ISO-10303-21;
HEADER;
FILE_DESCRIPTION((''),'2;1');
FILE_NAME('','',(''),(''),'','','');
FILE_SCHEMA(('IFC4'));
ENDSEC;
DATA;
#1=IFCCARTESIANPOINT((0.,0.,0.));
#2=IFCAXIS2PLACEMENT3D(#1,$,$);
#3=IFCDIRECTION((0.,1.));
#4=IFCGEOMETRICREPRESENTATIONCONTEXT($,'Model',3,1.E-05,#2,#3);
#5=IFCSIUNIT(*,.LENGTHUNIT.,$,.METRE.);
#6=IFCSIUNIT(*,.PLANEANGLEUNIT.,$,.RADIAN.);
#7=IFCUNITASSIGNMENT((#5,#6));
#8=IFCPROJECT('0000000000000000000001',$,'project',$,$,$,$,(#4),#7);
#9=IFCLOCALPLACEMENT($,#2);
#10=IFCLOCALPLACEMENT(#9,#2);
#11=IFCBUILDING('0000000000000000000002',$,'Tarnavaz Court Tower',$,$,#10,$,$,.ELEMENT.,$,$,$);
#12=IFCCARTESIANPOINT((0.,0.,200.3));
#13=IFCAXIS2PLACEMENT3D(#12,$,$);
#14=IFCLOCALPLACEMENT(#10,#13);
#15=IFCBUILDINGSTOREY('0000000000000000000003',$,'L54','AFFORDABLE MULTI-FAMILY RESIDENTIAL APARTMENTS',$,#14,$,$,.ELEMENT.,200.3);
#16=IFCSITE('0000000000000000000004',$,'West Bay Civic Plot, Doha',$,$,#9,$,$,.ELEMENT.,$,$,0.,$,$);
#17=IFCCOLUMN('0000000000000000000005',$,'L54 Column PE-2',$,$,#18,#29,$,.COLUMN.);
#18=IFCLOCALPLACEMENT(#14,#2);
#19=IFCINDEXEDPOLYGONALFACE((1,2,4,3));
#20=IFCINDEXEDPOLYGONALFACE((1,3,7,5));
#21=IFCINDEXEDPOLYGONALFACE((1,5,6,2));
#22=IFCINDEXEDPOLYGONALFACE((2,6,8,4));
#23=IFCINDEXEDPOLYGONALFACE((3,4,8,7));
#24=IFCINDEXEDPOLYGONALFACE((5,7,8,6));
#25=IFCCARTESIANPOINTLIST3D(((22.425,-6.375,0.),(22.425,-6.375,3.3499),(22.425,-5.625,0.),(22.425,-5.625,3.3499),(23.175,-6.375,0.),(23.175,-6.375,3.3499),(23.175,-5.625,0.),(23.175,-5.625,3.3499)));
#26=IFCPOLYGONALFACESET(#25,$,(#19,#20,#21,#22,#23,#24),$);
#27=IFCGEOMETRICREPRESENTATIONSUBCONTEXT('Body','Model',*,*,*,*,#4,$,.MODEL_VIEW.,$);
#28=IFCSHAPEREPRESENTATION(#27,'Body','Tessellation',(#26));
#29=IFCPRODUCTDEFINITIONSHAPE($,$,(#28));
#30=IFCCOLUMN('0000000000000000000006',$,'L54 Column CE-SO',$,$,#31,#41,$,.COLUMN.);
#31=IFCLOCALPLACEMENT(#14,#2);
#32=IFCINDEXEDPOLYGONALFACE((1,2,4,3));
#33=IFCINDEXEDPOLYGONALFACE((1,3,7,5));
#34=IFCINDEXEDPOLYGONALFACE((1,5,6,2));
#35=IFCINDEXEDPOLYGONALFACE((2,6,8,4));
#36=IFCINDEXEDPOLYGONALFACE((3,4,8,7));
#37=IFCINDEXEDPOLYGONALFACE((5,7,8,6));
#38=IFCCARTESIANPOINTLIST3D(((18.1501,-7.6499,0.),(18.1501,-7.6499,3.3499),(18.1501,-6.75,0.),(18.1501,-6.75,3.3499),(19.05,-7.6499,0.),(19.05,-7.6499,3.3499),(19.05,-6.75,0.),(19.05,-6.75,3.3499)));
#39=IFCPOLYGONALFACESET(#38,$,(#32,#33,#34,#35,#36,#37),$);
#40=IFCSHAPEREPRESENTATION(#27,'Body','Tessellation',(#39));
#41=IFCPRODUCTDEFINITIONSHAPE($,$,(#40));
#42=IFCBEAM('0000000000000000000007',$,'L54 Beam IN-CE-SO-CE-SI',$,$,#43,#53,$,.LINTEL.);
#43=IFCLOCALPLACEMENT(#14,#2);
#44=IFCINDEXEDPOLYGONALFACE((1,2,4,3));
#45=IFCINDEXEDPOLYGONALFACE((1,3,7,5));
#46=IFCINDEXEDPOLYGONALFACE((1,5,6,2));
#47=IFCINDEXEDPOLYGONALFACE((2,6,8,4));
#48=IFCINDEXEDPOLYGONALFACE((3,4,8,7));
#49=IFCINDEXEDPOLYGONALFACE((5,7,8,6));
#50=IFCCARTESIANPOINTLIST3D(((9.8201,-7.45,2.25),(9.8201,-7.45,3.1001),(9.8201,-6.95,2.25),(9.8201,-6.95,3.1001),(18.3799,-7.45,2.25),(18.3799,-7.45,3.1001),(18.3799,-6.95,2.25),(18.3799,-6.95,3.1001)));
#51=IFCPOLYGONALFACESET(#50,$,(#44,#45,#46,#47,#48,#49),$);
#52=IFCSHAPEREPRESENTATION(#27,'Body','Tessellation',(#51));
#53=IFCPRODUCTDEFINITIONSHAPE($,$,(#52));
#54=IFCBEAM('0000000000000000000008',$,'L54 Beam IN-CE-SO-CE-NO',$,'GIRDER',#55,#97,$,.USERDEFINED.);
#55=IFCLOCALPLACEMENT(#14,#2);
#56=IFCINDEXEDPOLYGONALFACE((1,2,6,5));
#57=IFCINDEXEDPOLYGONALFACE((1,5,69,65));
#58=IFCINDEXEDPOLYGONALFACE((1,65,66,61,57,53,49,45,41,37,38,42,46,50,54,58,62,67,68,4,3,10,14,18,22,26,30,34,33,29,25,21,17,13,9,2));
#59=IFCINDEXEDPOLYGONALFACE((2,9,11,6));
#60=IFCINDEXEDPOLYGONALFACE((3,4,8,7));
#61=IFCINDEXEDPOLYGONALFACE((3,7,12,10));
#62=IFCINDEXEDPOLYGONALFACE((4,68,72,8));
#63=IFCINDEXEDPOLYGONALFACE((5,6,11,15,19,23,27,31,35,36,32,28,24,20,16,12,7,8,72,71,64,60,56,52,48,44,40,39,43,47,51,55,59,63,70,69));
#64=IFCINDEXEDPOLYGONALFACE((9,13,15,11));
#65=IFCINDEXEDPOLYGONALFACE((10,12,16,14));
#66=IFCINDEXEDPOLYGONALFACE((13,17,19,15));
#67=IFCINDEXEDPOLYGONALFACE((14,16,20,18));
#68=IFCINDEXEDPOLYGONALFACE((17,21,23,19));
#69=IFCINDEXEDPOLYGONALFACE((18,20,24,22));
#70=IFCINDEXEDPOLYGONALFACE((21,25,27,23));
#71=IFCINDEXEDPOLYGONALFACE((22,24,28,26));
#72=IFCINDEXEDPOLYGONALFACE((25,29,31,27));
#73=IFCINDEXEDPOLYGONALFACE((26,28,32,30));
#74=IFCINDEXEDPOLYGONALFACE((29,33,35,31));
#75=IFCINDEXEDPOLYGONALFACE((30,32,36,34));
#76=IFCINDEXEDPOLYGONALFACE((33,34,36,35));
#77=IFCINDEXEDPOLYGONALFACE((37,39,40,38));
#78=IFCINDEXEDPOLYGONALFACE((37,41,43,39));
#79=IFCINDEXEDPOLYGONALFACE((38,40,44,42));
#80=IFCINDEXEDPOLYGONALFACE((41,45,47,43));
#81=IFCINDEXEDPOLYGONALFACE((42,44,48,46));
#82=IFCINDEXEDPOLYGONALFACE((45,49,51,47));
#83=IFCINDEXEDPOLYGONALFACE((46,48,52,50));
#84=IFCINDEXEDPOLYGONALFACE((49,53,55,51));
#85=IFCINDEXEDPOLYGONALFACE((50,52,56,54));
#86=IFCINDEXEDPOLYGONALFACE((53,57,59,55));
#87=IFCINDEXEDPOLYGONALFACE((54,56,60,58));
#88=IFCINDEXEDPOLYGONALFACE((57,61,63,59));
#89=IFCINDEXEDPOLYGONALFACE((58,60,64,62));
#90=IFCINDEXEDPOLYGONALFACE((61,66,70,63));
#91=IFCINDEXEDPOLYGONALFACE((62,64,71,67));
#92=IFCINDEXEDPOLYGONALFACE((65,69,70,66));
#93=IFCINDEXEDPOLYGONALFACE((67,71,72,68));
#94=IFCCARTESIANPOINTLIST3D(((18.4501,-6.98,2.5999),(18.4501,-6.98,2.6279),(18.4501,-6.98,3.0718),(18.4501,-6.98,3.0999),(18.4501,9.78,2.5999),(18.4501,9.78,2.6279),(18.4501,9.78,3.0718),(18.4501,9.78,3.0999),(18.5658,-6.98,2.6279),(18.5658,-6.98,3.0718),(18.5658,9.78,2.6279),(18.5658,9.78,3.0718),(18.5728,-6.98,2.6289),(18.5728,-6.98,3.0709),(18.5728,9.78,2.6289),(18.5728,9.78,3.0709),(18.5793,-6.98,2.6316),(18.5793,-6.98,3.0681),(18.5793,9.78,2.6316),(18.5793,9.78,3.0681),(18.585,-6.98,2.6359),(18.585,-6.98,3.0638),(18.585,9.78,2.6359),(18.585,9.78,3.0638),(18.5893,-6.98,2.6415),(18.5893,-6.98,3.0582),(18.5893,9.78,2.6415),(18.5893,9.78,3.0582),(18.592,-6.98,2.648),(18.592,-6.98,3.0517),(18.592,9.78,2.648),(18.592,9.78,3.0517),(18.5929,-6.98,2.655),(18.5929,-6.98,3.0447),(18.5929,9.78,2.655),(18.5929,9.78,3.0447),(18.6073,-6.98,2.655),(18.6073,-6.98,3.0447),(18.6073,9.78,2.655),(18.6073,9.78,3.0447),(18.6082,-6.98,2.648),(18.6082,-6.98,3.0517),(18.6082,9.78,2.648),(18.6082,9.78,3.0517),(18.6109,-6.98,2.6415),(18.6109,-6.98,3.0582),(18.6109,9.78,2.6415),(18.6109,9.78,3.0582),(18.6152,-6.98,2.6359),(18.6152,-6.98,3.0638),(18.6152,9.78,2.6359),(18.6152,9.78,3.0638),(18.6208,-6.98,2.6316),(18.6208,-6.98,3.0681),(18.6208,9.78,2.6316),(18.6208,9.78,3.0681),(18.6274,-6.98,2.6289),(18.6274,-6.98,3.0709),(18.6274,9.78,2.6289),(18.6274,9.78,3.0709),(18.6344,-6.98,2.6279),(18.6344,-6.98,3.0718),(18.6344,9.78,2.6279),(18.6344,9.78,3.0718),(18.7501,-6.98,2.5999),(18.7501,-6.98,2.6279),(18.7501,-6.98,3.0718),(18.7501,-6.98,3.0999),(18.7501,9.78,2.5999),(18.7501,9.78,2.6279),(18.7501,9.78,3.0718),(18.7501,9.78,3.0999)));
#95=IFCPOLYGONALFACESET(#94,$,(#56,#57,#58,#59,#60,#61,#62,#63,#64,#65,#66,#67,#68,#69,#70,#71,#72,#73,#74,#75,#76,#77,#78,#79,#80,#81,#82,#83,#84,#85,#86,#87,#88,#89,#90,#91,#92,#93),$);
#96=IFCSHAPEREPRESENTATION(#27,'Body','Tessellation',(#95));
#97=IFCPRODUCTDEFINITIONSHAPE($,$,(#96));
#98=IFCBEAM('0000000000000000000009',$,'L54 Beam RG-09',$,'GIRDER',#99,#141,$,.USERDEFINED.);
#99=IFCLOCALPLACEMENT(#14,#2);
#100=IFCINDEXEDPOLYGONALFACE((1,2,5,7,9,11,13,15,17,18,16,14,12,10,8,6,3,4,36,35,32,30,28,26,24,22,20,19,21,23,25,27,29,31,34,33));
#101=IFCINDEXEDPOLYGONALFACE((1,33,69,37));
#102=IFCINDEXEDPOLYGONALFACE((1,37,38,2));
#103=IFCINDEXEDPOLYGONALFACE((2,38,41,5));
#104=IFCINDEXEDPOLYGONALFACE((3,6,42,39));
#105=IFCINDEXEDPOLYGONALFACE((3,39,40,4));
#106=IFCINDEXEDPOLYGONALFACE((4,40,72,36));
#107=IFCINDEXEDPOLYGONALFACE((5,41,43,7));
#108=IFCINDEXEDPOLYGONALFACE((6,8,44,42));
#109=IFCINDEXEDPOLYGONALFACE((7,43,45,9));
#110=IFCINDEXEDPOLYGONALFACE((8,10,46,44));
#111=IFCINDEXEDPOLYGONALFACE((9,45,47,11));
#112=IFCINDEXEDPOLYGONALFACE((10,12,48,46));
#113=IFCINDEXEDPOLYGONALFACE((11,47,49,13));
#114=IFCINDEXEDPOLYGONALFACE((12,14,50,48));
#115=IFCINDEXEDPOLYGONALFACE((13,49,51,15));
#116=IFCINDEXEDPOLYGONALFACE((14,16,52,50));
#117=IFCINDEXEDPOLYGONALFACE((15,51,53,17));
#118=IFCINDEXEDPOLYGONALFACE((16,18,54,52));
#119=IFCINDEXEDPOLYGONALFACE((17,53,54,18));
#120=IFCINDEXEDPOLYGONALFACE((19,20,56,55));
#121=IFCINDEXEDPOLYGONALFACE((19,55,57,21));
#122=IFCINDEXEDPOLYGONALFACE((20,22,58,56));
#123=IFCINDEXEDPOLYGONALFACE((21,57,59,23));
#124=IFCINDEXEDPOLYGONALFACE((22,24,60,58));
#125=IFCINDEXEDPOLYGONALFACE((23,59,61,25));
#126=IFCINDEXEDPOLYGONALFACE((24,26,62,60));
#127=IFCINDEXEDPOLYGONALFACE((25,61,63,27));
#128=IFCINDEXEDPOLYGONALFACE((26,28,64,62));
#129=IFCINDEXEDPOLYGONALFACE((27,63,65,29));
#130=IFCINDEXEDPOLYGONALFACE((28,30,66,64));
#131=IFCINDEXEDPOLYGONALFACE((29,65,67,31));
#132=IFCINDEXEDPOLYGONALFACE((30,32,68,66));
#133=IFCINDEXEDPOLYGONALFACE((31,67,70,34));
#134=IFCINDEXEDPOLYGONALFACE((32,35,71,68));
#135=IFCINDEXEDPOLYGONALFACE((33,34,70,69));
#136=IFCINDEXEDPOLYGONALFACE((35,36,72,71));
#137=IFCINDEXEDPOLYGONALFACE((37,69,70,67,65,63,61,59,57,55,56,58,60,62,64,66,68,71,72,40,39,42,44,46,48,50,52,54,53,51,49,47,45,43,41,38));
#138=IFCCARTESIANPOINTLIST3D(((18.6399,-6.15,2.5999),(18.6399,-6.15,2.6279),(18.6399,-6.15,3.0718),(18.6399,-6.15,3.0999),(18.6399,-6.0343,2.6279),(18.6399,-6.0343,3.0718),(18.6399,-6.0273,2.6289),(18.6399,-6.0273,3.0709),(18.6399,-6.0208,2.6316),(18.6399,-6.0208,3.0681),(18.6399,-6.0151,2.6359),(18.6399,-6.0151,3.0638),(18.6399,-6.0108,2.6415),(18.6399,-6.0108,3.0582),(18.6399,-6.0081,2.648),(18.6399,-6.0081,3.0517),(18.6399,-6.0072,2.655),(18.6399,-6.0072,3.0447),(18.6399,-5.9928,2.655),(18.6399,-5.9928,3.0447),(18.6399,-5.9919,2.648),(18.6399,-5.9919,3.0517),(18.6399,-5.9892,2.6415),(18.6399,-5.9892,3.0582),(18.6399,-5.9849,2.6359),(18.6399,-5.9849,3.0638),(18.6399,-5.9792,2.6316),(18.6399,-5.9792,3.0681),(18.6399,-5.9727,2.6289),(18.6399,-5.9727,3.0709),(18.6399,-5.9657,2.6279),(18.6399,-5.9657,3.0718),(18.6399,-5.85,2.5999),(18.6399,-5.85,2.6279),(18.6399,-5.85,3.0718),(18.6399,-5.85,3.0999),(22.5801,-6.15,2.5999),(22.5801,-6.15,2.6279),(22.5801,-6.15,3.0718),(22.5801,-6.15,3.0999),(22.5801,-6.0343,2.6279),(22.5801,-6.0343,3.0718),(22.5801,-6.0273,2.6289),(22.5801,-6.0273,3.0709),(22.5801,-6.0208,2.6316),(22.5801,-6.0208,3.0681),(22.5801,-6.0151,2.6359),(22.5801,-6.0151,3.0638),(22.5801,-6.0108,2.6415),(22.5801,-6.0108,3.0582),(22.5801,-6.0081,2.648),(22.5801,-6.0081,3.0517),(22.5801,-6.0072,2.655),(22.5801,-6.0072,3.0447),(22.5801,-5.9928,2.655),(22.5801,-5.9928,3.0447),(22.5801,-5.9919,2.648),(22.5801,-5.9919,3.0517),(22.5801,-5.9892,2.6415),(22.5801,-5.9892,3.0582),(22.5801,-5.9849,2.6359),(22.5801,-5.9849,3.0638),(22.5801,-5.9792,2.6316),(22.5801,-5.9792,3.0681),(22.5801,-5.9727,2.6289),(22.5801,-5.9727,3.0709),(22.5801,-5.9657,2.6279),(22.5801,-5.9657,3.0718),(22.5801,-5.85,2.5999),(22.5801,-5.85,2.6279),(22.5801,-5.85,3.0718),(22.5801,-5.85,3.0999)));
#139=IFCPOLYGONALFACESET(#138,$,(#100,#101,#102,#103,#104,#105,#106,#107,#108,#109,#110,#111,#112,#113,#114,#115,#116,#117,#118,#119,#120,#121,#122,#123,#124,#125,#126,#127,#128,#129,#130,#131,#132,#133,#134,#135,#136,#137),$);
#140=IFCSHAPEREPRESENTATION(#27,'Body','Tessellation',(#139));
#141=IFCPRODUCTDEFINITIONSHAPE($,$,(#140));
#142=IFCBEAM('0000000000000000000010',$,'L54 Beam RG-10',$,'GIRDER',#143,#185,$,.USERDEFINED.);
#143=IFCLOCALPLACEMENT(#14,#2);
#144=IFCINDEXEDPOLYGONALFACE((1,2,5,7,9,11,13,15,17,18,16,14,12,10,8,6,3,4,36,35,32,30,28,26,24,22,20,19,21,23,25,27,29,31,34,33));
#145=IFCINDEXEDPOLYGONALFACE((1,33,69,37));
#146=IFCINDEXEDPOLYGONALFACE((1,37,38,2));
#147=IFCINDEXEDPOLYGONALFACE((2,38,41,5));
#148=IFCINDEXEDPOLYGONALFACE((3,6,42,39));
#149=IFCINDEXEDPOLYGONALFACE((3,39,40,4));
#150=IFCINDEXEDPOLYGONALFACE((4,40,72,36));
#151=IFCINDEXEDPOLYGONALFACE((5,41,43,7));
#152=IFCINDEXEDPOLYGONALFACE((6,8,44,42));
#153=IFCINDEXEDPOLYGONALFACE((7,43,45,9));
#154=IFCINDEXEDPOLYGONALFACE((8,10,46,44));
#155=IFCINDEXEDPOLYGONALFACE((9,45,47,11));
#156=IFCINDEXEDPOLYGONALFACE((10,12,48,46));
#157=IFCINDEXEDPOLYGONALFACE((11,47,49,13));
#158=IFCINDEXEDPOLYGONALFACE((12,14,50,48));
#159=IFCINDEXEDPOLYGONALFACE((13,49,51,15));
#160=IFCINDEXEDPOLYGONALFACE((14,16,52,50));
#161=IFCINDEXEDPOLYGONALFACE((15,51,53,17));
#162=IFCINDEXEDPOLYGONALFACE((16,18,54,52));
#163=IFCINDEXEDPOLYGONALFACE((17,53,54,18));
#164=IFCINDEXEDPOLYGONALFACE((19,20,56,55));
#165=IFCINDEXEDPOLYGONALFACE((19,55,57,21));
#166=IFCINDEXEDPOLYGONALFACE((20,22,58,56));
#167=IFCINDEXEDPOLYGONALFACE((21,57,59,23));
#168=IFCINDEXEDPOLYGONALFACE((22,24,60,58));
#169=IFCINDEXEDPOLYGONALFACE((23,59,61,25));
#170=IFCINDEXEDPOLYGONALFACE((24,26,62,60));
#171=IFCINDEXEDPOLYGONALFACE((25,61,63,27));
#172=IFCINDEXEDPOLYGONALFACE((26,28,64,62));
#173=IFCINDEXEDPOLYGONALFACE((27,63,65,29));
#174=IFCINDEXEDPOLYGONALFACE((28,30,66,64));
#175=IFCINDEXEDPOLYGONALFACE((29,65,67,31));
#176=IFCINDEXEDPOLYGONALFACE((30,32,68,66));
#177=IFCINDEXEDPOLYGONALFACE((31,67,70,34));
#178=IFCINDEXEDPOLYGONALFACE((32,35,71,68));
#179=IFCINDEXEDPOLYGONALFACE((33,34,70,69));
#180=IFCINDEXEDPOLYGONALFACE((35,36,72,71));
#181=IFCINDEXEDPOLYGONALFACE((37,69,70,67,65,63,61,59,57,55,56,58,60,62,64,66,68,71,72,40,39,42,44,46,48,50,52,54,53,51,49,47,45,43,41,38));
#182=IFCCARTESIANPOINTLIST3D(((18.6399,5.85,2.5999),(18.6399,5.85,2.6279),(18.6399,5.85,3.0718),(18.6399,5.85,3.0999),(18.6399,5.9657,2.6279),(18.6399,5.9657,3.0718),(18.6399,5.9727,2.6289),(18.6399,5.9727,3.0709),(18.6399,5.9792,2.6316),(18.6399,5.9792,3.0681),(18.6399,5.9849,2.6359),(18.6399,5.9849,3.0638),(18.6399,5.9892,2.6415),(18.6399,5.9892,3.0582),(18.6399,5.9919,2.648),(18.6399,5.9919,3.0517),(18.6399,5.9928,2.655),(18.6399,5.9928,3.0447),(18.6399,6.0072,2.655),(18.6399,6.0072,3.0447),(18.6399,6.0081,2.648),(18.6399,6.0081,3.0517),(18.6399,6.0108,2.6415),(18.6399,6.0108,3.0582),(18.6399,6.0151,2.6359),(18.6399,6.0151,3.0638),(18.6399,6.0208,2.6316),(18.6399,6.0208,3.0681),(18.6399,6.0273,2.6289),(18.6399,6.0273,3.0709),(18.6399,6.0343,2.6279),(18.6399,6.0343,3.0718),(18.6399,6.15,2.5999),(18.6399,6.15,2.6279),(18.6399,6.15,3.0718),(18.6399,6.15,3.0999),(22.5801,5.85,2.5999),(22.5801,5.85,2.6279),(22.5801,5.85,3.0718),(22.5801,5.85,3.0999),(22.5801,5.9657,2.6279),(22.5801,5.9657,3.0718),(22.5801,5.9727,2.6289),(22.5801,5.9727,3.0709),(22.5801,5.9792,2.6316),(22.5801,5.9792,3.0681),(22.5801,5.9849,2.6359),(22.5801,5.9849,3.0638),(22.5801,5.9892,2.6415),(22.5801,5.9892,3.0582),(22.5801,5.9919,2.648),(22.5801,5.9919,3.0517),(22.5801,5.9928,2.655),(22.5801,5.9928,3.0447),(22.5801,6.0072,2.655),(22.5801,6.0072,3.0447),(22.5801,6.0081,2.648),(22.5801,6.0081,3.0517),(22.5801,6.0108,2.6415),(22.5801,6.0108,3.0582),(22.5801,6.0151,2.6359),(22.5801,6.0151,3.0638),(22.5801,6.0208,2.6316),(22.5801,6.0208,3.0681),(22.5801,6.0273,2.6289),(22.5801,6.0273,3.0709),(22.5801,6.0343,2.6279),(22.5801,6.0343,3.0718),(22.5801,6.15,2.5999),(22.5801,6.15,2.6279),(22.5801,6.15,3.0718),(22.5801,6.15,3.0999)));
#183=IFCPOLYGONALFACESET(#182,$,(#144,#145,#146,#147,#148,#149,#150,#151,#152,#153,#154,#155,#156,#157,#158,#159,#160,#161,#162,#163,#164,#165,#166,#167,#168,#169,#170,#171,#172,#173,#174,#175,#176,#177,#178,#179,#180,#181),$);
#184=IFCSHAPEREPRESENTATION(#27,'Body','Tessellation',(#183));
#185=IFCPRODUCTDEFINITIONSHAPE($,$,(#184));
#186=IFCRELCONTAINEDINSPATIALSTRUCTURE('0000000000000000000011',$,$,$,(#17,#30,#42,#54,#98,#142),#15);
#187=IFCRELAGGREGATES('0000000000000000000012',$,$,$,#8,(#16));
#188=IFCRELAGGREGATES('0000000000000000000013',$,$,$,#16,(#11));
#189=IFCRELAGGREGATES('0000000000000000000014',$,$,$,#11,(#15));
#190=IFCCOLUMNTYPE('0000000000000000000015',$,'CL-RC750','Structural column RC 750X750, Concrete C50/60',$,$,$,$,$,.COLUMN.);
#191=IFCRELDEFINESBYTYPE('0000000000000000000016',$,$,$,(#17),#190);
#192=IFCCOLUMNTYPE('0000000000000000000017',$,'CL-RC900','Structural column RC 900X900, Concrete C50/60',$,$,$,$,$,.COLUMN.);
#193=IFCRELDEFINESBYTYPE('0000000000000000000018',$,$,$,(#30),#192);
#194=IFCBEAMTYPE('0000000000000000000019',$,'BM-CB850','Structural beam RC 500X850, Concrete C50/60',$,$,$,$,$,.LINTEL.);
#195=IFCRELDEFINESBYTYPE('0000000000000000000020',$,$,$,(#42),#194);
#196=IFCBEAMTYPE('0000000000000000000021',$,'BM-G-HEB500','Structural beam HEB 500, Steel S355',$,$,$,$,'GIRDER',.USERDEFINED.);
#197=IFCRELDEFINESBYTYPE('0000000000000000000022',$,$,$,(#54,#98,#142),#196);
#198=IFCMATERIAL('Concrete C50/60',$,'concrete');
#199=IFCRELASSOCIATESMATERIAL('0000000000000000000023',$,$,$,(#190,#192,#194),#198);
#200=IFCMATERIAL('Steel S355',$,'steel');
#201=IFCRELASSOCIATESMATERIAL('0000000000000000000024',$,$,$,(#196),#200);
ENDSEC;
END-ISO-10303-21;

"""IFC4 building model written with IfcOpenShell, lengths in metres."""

from ifc_helpers import new_model, si_unit, direction, frame, origin, origin_2d, place, context, subcontext, project, spatial, rectangle, i_section, extrude, material, material_profile, profile_set, type_object, element, save


model = new_model("IFC4")

# Units and contexts
model_context = context("Model", 3, precision=1e-05, world=origin(), true_north=direction((0.0, 1.0)))
body_context = subcontext(model_context, "Body", "Model", "MODEL_VIEW")
ifc_project = project(units=[si_unit("LENGTHUNIT", "METRE"), si_unit("PLANEANGLEUNIT", "RADIAN")], contexts=[model_context])

# Site, building, storey
site_placement = place(None, origin())
site = spatial("IfcSite", under=ifc_project, at=site_placement, Name="West Bay Civic Plot, Doha", CompositionType="ELEMENT", RefElevation=0.0)
building_placement = place(site_placement, origin())
building = spatial("IfcBuilding", under=site, at=building_placement, Name="Tarnavaz Court Tower", CompositionType="ELEMENT")
storey_placement = place(building_placement, frame((0.0, 0.0, 200.3)))
storey = spatial("IfcBuildingStorey", under=building, at=storey_placement, Name="L54", Description="AFFORDABLE MULTI-FAMILY RESIDENTIAL APARTMENTS", CompositionType="ELEMENT", Elevation=200.3)

# Columns
ifc_material_1 = material(Name="Concrete C50/60", Category="concrete")
ifc_material_profile_1 = material_profile(ifc_material_1, rectangle(XDim=0.75, YDim=0.75, at=origin_2d()), Name="RC 750X750")
ifc_profile_set_1 = profile_set([ifc_material_profile_1], Name="Concrete C50/60")
column_type_1 = type_object("IfcColumnType", Name="CL-RC750", Description="Structural column RC 750X750, Concrete C50/60", PredefinedType="COLUMN", material=ifc_profile_set_1)
column_1_placement = place(storey_placement, frame((22.8, -6.0, 0.0), z_axis=(0.0, 0.0, 1.0), x_axis=(1.0, 0.0, 0.0)))
element("IfcColumn", 1, at=column_1_placement, inside=storey, type_object=column_type_1, Name="L54 Column PE-2", PredefinedType="COLUMN", context=body_context, shape_type="SweptSolid", body=[
    extrude(rectangle(XDim=0.75, YDim=0.75, at=origin_2d()), origin(), (0.0, 0.0, 1.0), 3.3499),
])
ifc_material_profile_2 = material_profile(ifc_material_1, rectangle(XDim=0.8999, YDim=0.8999, at=origin_2d()), Name="RC 900X900")
ifc_profile_set_2 = profile_set([ifc_material_profile_2], Name="Concrete C50/60")
column_type_2 = type_object("IfcColumnType", Name="CL-RC900", Description="Structural column RC 900X900, Concrete C50/60", PredefinedType="COLUMN", material=ifc_profile_set_2)
column_2_placement = place(storey_placement, frame((18.6001, -7.2, 0.0), z_axis=(0.0, 0.0, 1.0), x_axis=(1.0, 0.0, 0.0)))
element("IfcColumn", 2, at=column_2_placement, inside=storey, type_object=column_type_2, Name="L54 Column CE-SO", PredefinedType="COLUMN", context=body_context, shape_type="SweptSolid", body=[
    extrude(rectangle(XDim=0.8999, YDim=0.8999, at=origin_2d()), origin(), (0.0, 0.0, 1.0), 3.3499),
])

# Beams
ifc_material_profile_3 = material_profile(ifc_material_1, rectangle(XDim=0.5, YDim=0.8501, at=origin_2d()), Name="RC 500X850")
ifc_profile_set_3 = profile_set([ifc_material_profile_3], Name="Concrete C50/60")
beam_type_1 = type_object("IfcBeamType", Name="BM-CB850", Description="Structural beam RC 500X850, Concrete C50/60", PredefinedType="LINTEL", material=ifc_profile_set_3)
beam_1_placement = place(storey_placement, frame((18.3799, -7.2, 2.675), z_axis=(-1.0, 0.0, 0.0), x_axis=(0.0, -1.0, 0.0)))
element("IfcBeam", 3, at=beam_1_placement, inside=storey, type_object=beam_type_1, Name="L54 Beam IN-CE-SO-CE-SI", PredefinedType="LINTEL", context=body_context, shape_type="SweptSolid", body=[
    extrude(rectangle(XDim=0.5, YDim=0.8501, at=origin_2d()), origin(), (0.0, 0.0, 1.0), 8.5598),
])
ifc_material_2 = material(Name="Steel S355", Category="steel")
ifc_material_profile_4 = material_profile(ifc_material_2, i_section(OverallWidth=0.3, OverallDepth=0.5, WebThickness=0.0144, FlangeThickness=0.0281, FilletRadius=0.0271, at=origin_2d()), Name="HEB 500")
ifc_profile_set_4 = profile_set([ifc_material_profile_4], Name="Steel S355")
beam_type_2 = type_object("IfcBeamType", Name="BM-G-HEB500", Description="Structural beam HEB 500, Steel S355", ElementType="GIRDER", PredefinedType="USERDEFINED", material=ifc_profile_set_4)
beam_2_placement = place(storey_placement, frame((18.6001, -6.98, 2.8499), z_axis=(0.0, 1.0, 0.0), x_axis=(-1.0, 0.0, 0.0)))
element("IfcBeam", 4, at=beam_2_placement, inside=storey, type_object=beam_type_2, Name="L54 Beam IN-CE-SO-CE-NO", ObjectType="GIRDER", PredefinedType="USERDEFINED", context=body_context, shape_type="SweptSolid", body=[
    extrude(i_section(OverallWidth=0.3, OverallDepth=0.5, WebThickness=0.0144, FlangeThickness=0.0281, FilletRadius=0.0271, at=origin_2d()), origin(), (0.0, 0.0, 1.0), 16.76),
])
for number, where, z_axis, x_axis, name in (
    (5, (18.6399, -6.0, 2.8499), (1.0, 0.0, 0.0), (0.0, 1.0, 0.0), "L54 Beam RG-09"),
    (6, (18.6399, 6.0, 2.8499), (1.0, 0.0, 0.0), (0.0, 1.0, 0.0), "L54 Beam RG-10"),
):
    element("IfcBeam", number, at=place(storey_placement, frame(where, z_axis=z_axis, x_axis=x_axis)), inside=storey, type_object=beam_type_2, Name=name, ObjectType="GIRDER", PredefinedType="USERDEFINED", context=body_context, shape_type="SweptSolid", body=[
        extrude(i_section(OverallWidth=0.3, OverallDepth=0.5, WebThickness=0.0144, FlangeThickness=0.0281, FilletRadius=0.0271, at=origin_2d()), origin(), (0.0, 0.0, 1.0), 3.9402),
    ])

save(model, "model.ifc")
